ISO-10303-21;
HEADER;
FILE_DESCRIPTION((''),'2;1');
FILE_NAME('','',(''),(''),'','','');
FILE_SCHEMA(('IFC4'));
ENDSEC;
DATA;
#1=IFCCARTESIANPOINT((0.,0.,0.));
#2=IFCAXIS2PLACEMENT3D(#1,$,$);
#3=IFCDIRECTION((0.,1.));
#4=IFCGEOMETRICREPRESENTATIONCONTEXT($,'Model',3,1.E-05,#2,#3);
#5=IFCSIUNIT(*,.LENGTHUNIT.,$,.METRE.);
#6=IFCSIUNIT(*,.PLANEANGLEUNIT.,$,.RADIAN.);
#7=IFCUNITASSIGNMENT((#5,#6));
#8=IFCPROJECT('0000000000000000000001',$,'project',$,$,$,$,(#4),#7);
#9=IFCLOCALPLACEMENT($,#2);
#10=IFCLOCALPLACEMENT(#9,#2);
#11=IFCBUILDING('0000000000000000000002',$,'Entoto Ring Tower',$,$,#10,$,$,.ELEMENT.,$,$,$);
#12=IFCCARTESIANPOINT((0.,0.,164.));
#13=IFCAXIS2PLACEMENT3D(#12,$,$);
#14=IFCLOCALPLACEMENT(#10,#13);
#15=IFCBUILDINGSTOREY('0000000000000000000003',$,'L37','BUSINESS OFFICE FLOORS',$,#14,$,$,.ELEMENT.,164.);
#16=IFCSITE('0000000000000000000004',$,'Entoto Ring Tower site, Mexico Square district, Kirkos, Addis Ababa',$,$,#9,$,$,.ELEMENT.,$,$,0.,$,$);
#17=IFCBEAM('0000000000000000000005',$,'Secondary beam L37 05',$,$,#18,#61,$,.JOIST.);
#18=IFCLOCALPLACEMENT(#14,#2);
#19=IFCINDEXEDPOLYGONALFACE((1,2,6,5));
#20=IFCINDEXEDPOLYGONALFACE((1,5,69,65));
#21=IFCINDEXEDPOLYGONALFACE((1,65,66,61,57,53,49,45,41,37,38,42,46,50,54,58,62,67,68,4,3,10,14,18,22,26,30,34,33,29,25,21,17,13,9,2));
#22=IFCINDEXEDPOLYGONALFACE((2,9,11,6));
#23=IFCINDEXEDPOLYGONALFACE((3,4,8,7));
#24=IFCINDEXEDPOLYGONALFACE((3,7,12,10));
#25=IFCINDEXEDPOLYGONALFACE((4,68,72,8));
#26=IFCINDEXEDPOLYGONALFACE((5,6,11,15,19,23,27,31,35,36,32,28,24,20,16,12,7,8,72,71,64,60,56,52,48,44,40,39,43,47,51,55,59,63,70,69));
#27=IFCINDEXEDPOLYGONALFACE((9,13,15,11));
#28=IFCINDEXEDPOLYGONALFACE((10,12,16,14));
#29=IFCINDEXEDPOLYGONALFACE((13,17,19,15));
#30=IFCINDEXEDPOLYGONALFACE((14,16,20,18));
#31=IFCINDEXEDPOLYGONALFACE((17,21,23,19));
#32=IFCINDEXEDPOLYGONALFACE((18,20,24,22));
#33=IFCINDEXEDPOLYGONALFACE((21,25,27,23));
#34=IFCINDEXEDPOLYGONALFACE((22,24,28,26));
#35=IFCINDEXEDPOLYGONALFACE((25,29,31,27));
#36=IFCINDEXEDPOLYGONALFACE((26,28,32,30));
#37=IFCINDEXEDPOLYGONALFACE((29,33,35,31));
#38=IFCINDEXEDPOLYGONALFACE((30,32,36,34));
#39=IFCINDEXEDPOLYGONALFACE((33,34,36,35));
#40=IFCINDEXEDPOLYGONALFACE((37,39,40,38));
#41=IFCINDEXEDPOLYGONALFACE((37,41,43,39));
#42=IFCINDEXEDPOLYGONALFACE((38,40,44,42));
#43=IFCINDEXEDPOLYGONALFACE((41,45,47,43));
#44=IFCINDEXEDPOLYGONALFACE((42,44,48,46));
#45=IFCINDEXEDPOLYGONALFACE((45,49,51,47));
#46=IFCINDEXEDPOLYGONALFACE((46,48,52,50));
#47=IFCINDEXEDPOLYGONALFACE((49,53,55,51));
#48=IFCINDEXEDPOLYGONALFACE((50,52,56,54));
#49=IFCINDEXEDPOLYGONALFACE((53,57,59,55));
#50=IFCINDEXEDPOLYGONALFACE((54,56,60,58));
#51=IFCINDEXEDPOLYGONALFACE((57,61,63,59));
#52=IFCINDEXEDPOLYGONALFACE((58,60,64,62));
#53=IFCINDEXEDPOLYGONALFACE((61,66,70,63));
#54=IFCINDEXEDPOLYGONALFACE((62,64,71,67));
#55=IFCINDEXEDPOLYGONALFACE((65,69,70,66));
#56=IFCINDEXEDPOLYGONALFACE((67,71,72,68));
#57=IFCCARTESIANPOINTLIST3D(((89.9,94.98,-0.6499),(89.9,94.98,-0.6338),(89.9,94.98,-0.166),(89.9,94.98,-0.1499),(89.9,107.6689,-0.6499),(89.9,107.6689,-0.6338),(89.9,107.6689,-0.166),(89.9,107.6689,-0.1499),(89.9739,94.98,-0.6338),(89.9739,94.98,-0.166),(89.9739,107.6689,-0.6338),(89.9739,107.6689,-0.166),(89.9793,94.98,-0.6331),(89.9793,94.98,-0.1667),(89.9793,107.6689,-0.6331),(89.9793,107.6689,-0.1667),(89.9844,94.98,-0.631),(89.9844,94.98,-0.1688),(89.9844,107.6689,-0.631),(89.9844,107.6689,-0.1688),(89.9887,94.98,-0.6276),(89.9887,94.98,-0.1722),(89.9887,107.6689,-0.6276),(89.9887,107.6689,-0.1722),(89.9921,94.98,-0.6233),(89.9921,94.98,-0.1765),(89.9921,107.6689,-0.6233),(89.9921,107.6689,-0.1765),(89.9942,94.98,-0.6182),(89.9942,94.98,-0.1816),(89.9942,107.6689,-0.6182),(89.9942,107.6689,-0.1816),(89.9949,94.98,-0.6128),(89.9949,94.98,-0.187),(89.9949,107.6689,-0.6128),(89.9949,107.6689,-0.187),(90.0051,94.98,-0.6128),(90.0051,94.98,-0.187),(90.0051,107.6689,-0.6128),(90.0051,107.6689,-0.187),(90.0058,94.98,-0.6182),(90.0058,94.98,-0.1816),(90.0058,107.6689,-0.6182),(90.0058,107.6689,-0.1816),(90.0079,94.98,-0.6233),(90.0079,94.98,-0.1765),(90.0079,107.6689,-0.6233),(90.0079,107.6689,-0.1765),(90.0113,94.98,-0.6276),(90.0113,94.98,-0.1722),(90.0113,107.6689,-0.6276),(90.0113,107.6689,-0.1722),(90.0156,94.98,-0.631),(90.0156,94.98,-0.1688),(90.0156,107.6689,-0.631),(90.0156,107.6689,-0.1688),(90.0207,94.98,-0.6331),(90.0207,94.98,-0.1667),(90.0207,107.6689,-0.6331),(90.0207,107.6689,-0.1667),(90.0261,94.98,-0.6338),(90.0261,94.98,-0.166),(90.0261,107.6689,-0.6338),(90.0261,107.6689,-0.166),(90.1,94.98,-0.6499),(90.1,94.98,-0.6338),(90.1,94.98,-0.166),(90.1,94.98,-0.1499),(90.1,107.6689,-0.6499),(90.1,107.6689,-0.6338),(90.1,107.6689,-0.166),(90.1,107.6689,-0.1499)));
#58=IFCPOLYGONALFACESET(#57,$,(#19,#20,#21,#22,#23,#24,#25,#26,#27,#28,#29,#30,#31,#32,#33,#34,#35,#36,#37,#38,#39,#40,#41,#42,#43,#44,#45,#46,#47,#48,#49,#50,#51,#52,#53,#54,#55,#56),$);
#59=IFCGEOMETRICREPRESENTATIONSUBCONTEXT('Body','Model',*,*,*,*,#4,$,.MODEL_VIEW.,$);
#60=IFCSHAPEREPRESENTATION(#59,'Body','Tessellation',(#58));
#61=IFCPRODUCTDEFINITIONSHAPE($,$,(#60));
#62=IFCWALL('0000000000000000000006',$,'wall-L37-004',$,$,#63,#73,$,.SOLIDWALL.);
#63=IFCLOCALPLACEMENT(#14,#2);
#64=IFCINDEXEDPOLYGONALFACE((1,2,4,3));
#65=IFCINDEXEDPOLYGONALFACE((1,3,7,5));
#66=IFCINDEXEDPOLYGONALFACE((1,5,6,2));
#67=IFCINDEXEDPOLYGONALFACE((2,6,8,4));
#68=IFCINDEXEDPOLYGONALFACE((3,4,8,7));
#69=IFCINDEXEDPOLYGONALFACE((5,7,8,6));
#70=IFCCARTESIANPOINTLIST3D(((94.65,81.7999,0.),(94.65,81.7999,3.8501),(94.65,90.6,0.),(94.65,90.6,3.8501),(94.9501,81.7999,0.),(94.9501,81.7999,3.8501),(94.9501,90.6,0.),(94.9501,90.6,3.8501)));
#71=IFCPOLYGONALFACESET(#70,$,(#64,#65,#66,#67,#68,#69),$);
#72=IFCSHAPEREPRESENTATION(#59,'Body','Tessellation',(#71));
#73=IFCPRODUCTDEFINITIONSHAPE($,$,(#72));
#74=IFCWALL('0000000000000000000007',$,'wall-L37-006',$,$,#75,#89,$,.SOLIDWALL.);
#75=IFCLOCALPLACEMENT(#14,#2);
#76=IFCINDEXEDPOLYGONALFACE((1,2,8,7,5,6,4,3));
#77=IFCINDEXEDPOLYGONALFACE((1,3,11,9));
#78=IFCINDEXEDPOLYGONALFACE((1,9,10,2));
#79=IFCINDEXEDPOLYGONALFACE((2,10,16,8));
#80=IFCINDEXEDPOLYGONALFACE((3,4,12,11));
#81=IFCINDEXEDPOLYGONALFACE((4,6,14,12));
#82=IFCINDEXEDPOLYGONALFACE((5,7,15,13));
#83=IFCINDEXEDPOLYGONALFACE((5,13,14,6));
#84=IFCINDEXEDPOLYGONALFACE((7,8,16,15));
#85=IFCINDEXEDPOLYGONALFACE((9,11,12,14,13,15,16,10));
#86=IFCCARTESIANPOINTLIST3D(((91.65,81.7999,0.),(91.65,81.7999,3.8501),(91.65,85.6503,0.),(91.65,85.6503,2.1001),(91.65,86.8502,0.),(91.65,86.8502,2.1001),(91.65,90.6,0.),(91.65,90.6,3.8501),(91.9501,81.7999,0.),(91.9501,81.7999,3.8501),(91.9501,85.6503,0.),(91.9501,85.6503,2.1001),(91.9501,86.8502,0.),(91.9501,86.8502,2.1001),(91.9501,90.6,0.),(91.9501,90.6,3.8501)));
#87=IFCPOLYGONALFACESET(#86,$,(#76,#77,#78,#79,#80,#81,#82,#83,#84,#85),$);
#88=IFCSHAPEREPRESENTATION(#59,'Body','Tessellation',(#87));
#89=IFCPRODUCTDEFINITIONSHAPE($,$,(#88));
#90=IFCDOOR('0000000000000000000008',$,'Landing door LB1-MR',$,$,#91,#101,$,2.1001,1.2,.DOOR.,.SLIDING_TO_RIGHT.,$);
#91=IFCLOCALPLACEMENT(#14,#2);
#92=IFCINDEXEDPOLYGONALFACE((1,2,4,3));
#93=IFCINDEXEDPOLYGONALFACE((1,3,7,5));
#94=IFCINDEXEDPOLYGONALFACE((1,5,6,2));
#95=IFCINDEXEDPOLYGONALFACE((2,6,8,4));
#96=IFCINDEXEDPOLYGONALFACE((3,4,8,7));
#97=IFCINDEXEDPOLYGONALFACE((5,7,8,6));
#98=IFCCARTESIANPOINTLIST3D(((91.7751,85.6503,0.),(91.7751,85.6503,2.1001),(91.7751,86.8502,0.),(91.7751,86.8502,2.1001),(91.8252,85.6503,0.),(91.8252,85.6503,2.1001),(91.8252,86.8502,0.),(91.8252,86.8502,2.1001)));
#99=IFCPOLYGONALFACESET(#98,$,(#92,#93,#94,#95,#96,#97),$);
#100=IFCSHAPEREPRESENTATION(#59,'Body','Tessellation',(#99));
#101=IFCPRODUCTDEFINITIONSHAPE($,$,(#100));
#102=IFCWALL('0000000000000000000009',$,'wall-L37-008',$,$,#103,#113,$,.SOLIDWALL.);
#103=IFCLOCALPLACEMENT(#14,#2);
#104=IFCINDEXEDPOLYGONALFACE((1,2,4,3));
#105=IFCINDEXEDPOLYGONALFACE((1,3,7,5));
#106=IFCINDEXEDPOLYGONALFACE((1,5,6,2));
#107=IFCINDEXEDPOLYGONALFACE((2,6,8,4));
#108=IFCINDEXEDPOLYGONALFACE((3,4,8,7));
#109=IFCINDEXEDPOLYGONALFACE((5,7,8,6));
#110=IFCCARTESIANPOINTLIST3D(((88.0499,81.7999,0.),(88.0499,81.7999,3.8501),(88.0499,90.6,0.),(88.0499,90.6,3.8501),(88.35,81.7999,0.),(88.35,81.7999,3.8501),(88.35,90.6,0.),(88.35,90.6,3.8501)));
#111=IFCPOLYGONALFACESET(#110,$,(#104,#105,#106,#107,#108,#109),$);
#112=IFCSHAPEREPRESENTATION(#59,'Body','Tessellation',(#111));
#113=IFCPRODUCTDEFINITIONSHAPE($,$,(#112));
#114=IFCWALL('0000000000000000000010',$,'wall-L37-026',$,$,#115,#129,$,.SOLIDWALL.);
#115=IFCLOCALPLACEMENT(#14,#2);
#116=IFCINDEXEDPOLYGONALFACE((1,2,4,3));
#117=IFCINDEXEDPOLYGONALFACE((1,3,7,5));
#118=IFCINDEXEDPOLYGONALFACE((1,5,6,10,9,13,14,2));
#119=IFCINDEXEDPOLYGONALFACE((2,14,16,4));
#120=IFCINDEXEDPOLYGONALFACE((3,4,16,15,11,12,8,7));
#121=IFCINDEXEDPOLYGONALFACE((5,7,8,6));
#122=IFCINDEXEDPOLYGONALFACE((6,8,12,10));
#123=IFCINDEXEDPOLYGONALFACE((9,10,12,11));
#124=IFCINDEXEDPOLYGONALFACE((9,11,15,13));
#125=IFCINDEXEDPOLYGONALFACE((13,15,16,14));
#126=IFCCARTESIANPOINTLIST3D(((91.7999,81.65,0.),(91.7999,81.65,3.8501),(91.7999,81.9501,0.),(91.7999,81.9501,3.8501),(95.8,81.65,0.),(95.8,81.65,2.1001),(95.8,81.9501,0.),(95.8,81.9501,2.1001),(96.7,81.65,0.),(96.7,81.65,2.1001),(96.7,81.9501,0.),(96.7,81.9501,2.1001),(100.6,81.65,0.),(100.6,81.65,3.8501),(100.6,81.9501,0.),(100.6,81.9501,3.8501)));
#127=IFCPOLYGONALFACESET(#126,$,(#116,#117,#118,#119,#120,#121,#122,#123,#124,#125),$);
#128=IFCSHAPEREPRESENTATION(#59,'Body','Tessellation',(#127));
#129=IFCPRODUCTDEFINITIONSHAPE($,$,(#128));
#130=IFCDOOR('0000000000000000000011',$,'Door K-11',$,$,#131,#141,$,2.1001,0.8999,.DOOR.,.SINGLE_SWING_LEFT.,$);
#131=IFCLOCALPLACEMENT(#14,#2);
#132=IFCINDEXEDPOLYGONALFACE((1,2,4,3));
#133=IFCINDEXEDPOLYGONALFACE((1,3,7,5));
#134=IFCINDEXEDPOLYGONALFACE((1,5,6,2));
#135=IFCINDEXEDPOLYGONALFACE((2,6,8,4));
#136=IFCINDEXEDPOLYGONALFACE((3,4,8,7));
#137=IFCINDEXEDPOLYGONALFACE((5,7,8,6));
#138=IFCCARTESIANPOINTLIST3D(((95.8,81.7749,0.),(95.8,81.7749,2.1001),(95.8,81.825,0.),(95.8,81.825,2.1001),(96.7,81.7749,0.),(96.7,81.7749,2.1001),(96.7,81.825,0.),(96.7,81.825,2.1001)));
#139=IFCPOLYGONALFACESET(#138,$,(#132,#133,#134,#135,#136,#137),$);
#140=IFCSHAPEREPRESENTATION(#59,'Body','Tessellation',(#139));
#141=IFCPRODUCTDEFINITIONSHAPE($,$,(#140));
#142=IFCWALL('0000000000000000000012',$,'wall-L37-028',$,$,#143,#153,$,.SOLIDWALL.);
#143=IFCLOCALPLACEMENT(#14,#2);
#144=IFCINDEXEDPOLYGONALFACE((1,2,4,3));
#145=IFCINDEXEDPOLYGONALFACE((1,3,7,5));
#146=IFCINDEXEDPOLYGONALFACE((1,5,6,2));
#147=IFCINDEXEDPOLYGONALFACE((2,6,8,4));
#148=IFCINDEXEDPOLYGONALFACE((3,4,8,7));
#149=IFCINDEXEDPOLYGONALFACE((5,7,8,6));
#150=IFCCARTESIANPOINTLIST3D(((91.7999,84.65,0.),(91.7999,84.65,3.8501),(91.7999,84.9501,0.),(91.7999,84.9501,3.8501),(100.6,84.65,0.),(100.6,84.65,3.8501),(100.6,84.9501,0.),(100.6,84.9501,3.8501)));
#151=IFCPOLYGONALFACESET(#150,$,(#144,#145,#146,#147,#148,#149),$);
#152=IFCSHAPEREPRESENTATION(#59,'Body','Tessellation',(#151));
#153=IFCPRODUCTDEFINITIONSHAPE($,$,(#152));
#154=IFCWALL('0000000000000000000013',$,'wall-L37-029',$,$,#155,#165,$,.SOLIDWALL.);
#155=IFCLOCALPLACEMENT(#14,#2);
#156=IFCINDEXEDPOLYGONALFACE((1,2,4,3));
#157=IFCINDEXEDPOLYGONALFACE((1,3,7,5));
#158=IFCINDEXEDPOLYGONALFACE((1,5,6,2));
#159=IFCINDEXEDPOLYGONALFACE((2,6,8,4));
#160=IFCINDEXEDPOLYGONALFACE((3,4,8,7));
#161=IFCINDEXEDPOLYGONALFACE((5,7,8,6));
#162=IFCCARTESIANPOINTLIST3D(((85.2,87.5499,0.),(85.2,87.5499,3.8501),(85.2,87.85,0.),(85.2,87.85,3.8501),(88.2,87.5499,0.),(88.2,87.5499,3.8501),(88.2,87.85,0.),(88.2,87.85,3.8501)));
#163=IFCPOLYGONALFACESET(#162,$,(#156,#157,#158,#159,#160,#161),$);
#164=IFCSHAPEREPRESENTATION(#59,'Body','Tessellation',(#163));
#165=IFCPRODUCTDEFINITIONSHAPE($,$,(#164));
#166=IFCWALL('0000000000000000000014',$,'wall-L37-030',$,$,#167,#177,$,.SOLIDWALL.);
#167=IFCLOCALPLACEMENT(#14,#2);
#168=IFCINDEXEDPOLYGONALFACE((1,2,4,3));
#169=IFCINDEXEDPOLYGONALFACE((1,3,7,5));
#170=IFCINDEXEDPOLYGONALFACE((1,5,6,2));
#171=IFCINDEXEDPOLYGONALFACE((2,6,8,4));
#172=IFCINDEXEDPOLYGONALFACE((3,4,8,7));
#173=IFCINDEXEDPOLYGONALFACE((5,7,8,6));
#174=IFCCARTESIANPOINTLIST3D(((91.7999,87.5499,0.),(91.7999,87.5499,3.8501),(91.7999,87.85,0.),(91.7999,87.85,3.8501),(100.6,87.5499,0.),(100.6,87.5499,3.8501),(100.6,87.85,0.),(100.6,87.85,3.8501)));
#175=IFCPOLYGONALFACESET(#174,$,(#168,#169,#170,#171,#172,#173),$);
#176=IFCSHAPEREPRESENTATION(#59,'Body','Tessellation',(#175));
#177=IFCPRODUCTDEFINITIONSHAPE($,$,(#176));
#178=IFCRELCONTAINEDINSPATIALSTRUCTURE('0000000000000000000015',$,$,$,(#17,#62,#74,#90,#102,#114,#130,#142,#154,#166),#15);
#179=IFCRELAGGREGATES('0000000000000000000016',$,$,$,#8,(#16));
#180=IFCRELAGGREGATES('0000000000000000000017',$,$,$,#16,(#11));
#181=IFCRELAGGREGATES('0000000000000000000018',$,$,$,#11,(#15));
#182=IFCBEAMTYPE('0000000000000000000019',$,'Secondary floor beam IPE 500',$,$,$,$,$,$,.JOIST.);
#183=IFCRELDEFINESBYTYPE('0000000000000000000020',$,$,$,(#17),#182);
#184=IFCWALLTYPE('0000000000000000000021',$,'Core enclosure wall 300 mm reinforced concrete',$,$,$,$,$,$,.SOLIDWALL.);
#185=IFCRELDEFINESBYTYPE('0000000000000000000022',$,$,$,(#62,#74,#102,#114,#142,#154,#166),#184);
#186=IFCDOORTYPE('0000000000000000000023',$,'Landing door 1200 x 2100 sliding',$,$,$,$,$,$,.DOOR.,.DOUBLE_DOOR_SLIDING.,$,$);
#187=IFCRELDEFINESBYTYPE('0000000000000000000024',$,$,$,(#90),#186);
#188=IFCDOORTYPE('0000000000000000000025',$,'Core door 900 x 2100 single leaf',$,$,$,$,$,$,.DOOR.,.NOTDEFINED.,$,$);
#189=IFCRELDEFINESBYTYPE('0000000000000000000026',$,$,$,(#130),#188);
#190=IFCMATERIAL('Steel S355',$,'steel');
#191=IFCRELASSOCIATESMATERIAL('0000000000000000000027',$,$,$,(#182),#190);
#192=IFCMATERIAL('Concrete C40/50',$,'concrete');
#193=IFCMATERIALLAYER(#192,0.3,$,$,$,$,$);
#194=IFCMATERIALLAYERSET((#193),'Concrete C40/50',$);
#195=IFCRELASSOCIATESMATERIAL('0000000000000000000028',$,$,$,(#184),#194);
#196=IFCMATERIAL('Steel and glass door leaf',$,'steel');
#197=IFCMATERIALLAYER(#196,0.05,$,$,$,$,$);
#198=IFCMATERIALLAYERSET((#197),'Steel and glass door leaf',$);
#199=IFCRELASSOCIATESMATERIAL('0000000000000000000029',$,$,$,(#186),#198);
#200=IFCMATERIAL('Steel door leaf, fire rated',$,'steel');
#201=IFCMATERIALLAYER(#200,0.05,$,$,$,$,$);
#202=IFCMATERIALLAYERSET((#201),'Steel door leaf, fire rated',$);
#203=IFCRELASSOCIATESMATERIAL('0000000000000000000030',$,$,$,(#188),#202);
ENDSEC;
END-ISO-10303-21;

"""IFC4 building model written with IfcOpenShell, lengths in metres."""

from ifc_helpers import new_model, si_unit, direction, frame, frame_2d, origin, origin_2d, place, context, subcontext, project, spatial, rectangle, i_section, extrude, material, layer, layer_set, material_profile, profile_set, type_object, element, fill, save


model = new_model("IFC4")

# Units and contexts
model_context = context("Model", 3, precision=1e-05, world=origin(), true_north=direction((0.0, 1.0)))
body_context = subcontext(model_context, "Body", "Model", "MODEL_VIEW")
ifc_project = project(units=[si_unit("LENGTHUNIT", "METRE"), si_unit("PLANEANGLEUNIT", "RADIAN")], contexts=[model_context])

# Site, building, storey
site_placement = place(None, origin())
site = spatial("IfcSite", under=ifc_project, at=site_placement, Name="Entoto Ring Tower site, Mexico Square district, Kirkos, Addis Ababa", CompositionType="ELEMENT", RefElevation=0.0)
building_placement = place(site_placement, origin())
building = spatial("IfcBuilding", under=site, at=building_placement, Name="Entoto Ring Tower", CompositionType="ELEMENT")
storey_placement = place(building_placement, frame((0.0, 0.0, 164.0)))
storey = spatial("IfcBuildingStorey", under=building, at=storey_placement, Name="L37", Description="BUSINESS OFFICE FLOORS", CompositionType="ELEMENT", Elevation=164.0)

# Beam
ifc_material_1 = material(Name="Steel S355", Category="steel")
ifc_material_profile_1 = material_profile(ifc_material_1, i_section(OverallWidth=0.2, OverallDepth=0.5, WebThickness=0.0103, FlangeThickness=0.0161, FilletRadius=0.021, at=origin_2d()), Name="IPE 500")
ifc_profile_set_1 = profile_set([ifc_material_profile_1], Name="Steel S355")
beam_type_1 = type_object("IfcBeamType", Name="Secondary floor beam IPE 500", PredefinedType="JOIST", material=ifc_profile_set_1)
beam_1_placement = place(storey_placement, frame((90.0, 94.98, -0.3999), z_axis=(0.0, 1.0, 0.0), x_axis=(-1.0, 0.0, 0.0)))
element("IfcBeam", 1, at=beam_1_placement, inside=storey, type_object=beam_type_1, Name="Secondary beam L37 05", PredefinedType="JOIST", context=body_context, shape_type="SweptSolid", body=[
    extrude(i_section(OverallWidth=0.2, OverallDepth=0.5, WebThickness=0.0103, FlangeThickness=0.0161, FilletRadius=0.021, at=origin_2d()), origin(), (0.0, 0.0, 1.0), 12.689),
])

# Wall
ifc_material_2 = material(Name="Concrete C40/50", Category="concrete")
ifc_layer_1 = layer(ifc_material_2, 0.3)
ifc_layer_set_1 = layer_set([ifc_layer_1], Name="Concrete C40/50")
wall_type_1 = type_object("IfcWallType", Name="Core enclosure wall 300 mm reinforced concrete", PredefinedType="SOLIDWALL", material=ifc_layer_set_1)
wall_1_placement = place(storey_placement, frame((94.8, 81.8, 0.0), z_axis=(0.0, 0.0, 1.0), x_axis=(0.0, 1.0, 0.0)))
element("IfcWall", 2, at=wall_1_placement, inside=storey, type_object=wall_type_1, Name="wall-L37-004", PredefinedType="SOLIDWALL", context=body_context, shape_type="SweptSolid", body=[
    extrude(rectangle(XDim=8.8, YDim=0.3, at=frame_2d((4.3999, 0.0))), origin(), (0.0, 0.0, 1.0), 3.8501),
])

# Wall, opening, door
wall_2_placement = place(storey_placement, frame((91.8, 81.8, 0.0), z_axis=(0.0, 0.0, 1.0), x_axis=(0.0, 1.0, 0.0)))
wall_2 = element("IfcWall", 3, at=wall_2_placement, inside=storey, type_object=wall_type_1, Name="wall-L37-006", PredefinedType="SOLIDWALL", context=body_context, shape_type="SweptSolid", body=[
    extrude(rectangle(XDim=8.8, YDim=0.3, at=frame_2d((4.3999, 0.0))), origin(), (0.0, 0.0, 1.0), 3.8501),
])
opening_1_placement = place(wall_2_placement, frame((3.8501, 0.0, 0.0)))
opening_1 = element("IfcOpeningElement", 4, at=opening_1_placement, cuts=wall_2, PredefinedType="OPENING", context=body_context, shape_type="SweptSolid", body=[
    extrude(rectangle(XDim=1.2, YDim=2.1001, at=frame_2d((0.6001, 1.05))), frame((0.0, 0.1602, 0.0), z_axis=(0.0, -1.0, 0.0), x_axis=(1.0, 0.0, 0.0)), (0.0, 0.0, 1.0), 0.3201),
])
ifc_material_3 = material(Name="Steel and glass door leaf", Category="steel")
ifc_layer_2 = layer(ifc_material_3, 0.05)
ifc_layer_set_2 = layer_set([ifc_layer_2], Name="Steel and glass door leaf")
door_type_1 = type_object("IfcDoorType", Name="Landing door 1200 x 2100 sliding", OperationType="DOUBLE_DOOR_SLIDING", PredefinedType="DOOR", material=ifc_layer_set_2)
door_1_placement = place(opening_1_placement, origin())
door_1 = element("IfcDoor", 5, at=door_1_placement, inside=storey, type_object=door_type_1, Name="Landing door LB1-MR", OperationType="SLIDING_TO_RIGHT", OverallHeight=2.1001, OverallWidth=1.2, PredefinedType="DOOR", context=body_context, shape_type="SweptSolid", body=[
    extrude(rectangle(XDim=1.2, YDim=2.1001, at=frame_2d((0.6001, 1.05))), frame((0.0, 0.0249, 0.0), z_axis=(0.0, -1.0, 0.0), x_axis=(1.0, 0.0, 0.0)), (0.0, 0.0, 1.0), 0.05),
])
fill(opening_1, door_1)

# Wall
wall_3_placement = place(storey_placement, frame((88.2, 81.8, 0.0), z_axis=(0.0, 0.0, 1.0), x_axis=(0.0, 1.0, 0.0)))
element("IfcWall", 6, at=wall_3_placement, inside=storey, type_object=wall_type_1, Name="wall-L37-008", PredefinedType="SOLIDWALL", context=body_context, shape_type="SweptSolid", body=[
    extrude(rectangle(XDim=8.8, YDim=0.3, at=frame_2d((4.3999, 0.0))), origin(), (0.0, 0.0, 1.0), 3.8501),
])

# Wall, opening, door
wall_4_placement = place(storey_placement, frame((91.8, 81.8, 0.0), z_axis=(0.0, 0.0, 1.0), x_axis=(1.0, 0.0, 0.0)))
wall_4 = element("IfcWall", 7, at=wall_4_placement, inside=storey, type_object=wall_type_1, Name="wall-L37-026", PredefinedType="SOLIDWALL", context=body_context, shape_type="SweptSolid", body=[
    extrude(rectangle(XDim=8.8, YDim=0.3, at=frame_2d((4.3999, 0.0))), origin(), (0.0, 0.0, 1.0), 3.8501),
])
opening_2_placement = place(wall_4_placement, frame((4.0, 0.0, 0.0)))
opening_2 = element("IfcOpeningElement", 8, at=opening_2_placement, cuts=wall_4, PredefinedType="OPENING", context=body_context, shape_type="SweptSolid", body=[
    extrude(rectangle(XDim=0.8999, YDim=2.1001, at=frame_2d((0.45, 1.05))), frame((0.0, 0.1602, 0.0), z_axis=(0.0, -1.0, 0.0), x_axis=(1.0, 0.0, 0.0)), (0.0, 0.0, 1.0), 0.3201),
])
ifc_material_4 = material(Name="Steel door leaf, fire rated", Category="steel")
ifc_layer_3 = layer(ifc_material_4, 0.05)
ifc_layer_set_3 = layer_set([ifc_layer_3], Name="Steel door leaf, fire rated")
door_type_2 = type_object("IfcDoorType", Name="Core door 900 x 2100 single leaf", OperationType="NOTDEFINED", PredefinedType="DOOR", material=ifc_layer_set_3)
door_2_placement = place(opening_2_placement, origin())
door_2 = element("IfcDoor", 9, at=door_2_placement, inside=storey, type_object=door_type_2, Name="Door K-11", OperationType="SINGLE_SWING_LEFT", OverallHeight=2.1001, OverallWidth=0.8999, PredefinedType="DOOR", context=body_context, shape_type="SweptSolid", body=[
    extrude(rectangle(XDim=0.8999, YDim=2.1001, at=frame_2d((0.45, 1.05))), frame((0.0, 0.0249, 0.0), z_axis=(0.0, -1.0, 0.0), x_axis=(1.0, 0.0, 0.0)), (0.0, 0.0, 1.0), 0.05),
])
fill(opening_2, door_2)

# Walls
wall_5_placement = place(storey_placement, frame((91.8, 84.8, 0.0), z_axis=(0.0, 0.0, 1.0), x_axis=(1.0, 0.0, 0.0)))
element("IfcWall", 10, at=wall_5_placement, inside=storey, type_object=wall_type_1, Name="wall-L37-028", PredefinedType="SOLIDWALL", context=body_context, shape_type="SweptSolid", body=[
    extrude(rectangle(XDim=8.8, YDim=0.3, at=frame_2d((4.3999, 0.0))), origin(), (0.0, 0.0, 1.0), 3.8501),
])
wall_6_placement = place(storey_placement, frame((85.2, 87.7, 0.0), z_axis=(0.0, 0.0, 1.0), x_axis=(1.0, 0.0, 0.0)))
element("IfcWall", 11, at=wall_6_placement, inside=storey, type_object=wall_type_1, Name="wall-L37-029", PredefinedType="SOLIDWALL", context=body_context, shape_type="SweptSolid", body=[
    extrude(rectangle(XDim=3.0, YDim=0.3, at=frame_2d((1.5, 0.0))), origin(), (0.0, 0.0, 1.0), 3.8501),
])
wall_7_placement = place(storey_placement, frame((91.8, 87.7, 0.0), z_axis=(0.0, 0.0, 1.0), x_axis=(1.0, 0.0, 0.0)))
element("IfcWall", 12, at=wall_7_placement, inside=storey, type_object=wall_type_1, Name="wall-L37-030", PredefinedType="SOLIDWALL", context=body_context, shape_type="SweptSolid", body=[
    extrude(rectangle(XDim=8.8, YDim=0.3, at=frame_2d((4.3999, 0.0))), origin(), (0.0, 0.0, 1.0), 3.8501),
])

save(model, "model.ifc")
